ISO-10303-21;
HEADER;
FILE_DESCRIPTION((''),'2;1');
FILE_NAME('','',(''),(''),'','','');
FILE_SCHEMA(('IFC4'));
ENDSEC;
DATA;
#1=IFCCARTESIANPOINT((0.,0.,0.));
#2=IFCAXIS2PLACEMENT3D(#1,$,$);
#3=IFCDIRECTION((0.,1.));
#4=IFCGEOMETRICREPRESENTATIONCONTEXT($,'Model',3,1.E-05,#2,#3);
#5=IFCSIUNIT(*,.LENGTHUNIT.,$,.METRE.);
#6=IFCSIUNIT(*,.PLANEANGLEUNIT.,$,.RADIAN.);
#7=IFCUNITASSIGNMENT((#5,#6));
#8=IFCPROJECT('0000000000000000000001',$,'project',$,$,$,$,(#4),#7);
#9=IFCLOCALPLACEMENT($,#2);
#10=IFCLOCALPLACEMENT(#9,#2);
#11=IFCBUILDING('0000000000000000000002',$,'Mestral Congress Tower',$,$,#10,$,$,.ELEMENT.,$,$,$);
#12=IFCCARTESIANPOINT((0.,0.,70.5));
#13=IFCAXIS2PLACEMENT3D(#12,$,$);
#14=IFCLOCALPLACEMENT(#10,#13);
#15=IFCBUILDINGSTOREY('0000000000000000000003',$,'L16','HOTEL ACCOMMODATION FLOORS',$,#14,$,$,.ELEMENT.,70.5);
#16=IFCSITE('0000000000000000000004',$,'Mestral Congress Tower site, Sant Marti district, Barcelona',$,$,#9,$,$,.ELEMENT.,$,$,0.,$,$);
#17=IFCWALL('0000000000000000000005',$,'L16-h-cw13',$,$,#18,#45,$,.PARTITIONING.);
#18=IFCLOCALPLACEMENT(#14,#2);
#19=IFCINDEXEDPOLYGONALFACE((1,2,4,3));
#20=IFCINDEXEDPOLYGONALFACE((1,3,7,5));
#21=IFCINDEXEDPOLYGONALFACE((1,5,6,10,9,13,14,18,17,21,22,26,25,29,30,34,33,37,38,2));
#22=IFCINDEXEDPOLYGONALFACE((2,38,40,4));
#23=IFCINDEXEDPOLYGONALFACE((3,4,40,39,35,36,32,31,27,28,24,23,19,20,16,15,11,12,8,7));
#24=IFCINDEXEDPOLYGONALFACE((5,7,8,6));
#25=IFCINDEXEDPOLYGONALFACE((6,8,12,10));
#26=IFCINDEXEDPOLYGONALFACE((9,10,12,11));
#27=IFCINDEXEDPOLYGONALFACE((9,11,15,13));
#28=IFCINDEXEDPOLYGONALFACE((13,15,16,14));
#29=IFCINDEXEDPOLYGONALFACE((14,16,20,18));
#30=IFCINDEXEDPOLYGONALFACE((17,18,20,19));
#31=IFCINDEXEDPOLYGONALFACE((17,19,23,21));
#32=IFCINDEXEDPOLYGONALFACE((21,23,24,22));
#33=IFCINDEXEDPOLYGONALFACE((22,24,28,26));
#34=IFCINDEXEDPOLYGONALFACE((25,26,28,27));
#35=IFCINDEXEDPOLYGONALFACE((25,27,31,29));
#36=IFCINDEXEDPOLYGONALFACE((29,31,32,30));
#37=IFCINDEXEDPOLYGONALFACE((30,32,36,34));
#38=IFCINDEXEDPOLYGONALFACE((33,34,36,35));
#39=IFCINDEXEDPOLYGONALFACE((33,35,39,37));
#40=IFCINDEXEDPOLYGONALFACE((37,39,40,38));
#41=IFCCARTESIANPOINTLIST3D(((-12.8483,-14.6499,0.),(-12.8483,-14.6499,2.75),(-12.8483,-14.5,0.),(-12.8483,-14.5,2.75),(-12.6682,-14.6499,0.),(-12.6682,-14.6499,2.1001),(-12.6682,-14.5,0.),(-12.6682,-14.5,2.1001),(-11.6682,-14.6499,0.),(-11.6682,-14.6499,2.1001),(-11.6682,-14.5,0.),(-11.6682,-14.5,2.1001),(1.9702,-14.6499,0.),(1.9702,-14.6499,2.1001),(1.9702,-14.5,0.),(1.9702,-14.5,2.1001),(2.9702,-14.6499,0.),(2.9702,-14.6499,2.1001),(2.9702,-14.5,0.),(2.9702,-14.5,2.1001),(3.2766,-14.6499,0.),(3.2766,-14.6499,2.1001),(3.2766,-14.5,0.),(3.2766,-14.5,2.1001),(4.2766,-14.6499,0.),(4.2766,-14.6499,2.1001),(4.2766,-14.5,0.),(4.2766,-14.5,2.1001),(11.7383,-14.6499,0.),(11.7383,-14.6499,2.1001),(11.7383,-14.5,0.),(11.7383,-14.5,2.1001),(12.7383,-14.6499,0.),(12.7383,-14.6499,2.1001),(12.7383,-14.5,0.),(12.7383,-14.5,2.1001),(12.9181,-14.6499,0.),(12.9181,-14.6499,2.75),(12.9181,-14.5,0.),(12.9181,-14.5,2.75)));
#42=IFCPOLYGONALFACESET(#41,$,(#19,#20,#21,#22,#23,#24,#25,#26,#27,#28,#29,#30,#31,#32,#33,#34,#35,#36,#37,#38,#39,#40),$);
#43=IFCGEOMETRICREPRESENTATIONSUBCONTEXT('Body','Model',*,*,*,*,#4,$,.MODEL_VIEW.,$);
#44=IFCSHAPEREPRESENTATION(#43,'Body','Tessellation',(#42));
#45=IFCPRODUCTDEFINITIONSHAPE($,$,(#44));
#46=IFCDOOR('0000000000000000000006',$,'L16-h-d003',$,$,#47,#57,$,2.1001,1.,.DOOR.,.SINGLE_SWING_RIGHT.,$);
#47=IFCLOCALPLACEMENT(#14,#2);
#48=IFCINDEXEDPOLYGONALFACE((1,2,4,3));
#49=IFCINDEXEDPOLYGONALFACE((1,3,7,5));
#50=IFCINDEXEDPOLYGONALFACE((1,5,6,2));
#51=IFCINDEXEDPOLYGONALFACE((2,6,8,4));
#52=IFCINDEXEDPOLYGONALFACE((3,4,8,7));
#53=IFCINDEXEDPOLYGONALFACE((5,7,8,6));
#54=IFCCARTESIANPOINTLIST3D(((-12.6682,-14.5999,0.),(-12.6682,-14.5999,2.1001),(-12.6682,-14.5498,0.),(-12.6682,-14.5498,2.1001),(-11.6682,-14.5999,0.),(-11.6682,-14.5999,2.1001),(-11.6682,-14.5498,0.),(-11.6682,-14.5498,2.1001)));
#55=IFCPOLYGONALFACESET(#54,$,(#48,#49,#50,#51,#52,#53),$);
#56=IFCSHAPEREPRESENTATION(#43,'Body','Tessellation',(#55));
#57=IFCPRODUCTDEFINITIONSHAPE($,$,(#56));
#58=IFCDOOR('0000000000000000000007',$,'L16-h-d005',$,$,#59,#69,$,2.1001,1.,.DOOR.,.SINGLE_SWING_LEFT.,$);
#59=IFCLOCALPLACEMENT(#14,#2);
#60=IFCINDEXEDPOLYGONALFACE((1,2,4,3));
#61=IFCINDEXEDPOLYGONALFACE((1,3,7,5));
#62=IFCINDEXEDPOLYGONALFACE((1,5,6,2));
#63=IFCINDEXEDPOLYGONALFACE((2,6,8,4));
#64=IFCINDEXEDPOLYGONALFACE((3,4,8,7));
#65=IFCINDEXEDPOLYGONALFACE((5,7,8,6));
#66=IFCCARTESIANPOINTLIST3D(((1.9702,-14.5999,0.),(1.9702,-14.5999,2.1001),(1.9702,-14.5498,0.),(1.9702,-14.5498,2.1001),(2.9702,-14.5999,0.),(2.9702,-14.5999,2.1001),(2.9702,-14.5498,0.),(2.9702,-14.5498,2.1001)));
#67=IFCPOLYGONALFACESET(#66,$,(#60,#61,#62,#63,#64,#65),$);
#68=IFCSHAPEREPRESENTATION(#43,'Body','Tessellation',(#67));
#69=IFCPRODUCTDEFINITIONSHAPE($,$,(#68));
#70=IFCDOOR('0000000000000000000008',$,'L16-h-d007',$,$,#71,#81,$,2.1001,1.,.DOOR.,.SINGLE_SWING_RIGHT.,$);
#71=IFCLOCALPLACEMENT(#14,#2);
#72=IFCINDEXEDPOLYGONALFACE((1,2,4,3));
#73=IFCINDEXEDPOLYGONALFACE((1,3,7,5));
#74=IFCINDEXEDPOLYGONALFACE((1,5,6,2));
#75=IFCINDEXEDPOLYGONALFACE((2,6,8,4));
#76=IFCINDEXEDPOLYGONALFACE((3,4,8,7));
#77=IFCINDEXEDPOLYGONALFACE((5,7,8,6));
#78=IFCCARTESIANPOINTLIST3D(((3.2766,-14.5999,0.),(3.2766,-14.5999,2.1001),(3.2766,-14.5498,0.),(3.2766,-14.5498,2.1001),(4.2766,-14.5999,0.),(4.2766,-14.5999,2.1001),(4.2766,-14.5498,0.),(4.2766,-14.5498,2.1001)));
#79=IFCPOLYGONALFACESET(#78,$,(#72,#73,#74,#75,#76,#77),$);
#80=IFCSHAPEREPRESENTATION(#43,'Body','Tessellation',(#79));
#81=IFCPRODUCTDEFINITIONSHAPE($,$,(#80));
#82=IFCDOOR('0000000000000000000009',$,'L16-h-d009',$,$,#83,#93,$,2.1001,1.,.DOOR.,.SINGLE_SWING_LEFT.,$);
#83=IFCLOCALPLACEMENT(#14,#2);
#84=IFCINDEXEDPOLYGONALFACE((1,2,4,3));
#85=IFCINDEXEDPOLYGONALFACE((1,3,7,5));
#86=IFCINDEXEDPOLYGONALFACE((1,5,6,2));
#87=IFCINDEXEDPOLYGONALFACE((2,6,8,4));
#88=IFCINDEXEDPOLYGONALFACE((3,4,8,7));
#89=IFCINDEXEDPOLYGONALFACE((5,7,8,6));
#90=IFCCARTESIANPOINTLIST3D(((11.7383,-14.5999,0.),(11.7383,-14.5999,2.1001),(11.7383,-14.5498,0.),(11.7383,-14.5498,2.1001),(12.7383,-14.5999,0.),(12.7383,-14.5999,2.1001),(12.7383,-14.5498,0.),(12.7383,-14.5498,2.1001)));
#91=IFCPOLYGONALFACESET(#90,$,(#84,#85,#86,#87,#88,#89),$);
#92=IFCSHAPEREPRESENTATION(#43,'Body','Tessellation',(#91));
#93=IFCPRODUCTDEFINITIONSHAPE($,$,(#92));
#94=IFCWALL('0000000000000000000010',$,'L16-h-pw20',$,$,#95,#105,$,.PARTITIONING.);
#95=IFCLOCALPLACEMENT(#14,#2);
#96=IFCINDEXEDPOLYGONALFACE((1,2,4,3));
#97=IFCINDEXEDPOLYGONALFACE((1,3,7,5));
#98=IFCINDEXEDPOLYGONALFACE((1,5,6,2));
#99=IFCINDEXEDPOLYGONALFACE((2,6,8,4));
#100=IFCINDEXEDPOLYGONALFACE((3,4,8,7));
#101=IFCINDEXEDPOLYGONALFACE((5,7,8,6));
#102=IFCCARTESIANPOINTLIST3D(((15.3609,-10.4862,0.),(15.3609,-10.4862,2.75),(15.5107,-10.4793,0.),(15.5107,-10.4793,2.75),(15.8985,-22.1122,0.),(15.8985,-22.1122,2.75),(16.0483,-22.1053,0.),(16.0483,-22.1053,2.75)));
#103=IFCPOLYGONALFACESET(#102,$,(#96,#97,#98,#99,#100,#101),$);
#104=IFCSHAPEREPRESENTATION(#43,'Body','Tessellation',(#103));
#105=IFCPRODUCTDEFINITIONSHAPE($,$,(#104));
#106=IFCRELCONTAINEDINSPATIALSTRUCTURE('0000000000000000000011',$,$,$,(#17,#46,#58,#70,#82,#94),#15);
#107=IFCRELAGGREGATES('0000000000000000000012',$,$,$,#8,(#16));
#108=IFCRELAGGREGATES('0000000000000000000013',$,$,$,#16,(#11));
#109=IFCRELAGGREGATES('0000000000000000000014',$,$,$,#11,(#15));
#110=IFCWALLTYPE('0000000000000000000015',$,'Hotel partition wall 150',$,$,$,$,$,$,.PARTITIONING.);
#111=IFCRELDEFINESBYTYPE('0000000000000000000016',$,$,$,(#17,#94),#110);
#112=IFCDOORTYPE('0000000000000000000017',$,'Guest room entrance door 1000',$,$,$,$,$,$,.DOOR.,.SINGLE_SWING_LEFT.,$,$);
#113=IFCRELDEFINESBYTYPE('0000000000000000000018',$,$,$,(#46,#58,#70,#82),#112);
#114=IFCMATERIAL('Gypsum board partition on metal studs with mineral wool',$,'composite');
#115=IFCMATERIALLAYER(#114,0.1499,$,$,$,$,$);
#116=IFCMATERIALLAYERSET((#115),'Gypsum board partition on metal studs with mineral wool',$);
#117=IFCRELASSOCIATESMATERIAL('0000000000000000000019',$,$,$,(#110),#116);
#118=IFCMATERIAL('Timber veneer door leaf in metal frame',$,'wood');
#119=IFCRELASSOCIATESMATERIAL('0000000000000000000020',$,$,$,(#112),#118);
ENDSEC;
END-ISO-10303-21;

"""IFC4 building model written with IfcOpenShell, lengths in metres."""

from ifc_helpers import new_model, si_unit, direction, frame, frame_2d, origin, place, context, subcontext, project, spatial, rectangle, extrude, material, layer, layer_set, type_object, element, fill, save


model = new_model("IFC4")

# Units and contexts
model_context = context("Model", 3, precision=1e-05, world=origin(), true_north=direction((0.0, 1.0)))
body_context = subcontext(model_context, "Body", "Model", "MODEL_VIEW")
ifc_project = project(units=[si_unit("LENGTHUNIT", "METRE"), si_unit("PLANEANGLEUNIT", "RADIAN")], contexts=[model_context])

# Site, building, storey
site_placement = place(None, origin())
site = spatial("IfcSite", under=ifc_project, at=site_placement, Name="Mestral Congress Tower site, Sant Marti district, Barcelona", CompositionType="ELEMENT", RefElevation=0.0)
building_placement = place(site_placement, origin())
building = spatial("IfcBuilding", under=site, at=building_placement, Name="Mestral Congress Tower", CompositionType="ELEMENT")
storey_placement = place(building_placement, frame((0.0, 0.0, 70.5)))
storey = spatial("IfcBuildingStorey", under=building, at=storey_placement, Name="L16", Description="HOTEL ACCOMMODATION FLOORS", CompositionType="ELEMENT", Elevation=70.5)

# Shared definitions
ifc_material_1 = material(Name="Gypsum board partition on metal studs with mineral wool", Category="composite")

# Wall, openings, doors
ifc_layer_1 = layer(ifc_material_1, 0.1499)
ifc_layer_set_1 = layer_set([ifc_layer_1], Name="Gypsum board partition on metal studs with mineral wool")
wall_type_1 = type_object("IfcWallType", Name="Hotel partition wall 150", PredefinedType="PARTITIONING", material=ifc_layer_set_1)
wall_1_placement = place(storey_placement, frame((12.9182, -14.575, 0.0), z_axis=(0.0, 0.0, 1.0), x_axis=(-1.0, 0.0, 0.0)))
wall_1 = element("IfcWall", 1, at=wall_1_placement, inside=storey, type_object=wall_type_1, Name="L16-h-cw13", PredefinedType="PARTITIONING", context=body_context, shape_type="SweptSolid", body=[
    extrude(rectangle(XDim=25.7664, YDim=0.1499, at=frame_2d((12.8833, 0.0))), origin(), (0.0, 0.0, 1.0), 2.75),
])
opening_1_placement = place(wall_1_placement, frame((24.5864, 0.0, 0.0)))
opening_1 = element("IfcOpeningElement", 2, at=opening_1_placement, cuts=wall_1, PredefinedType="OPENING", context=body_context, shape_type="SweptSolid", body=[
    extrude(rectangle(XDim=1.0, YDim=2.1001, at=frame_2d((0.5, 1.05))), frame((0.0, 0.085, 0.0), z_axis=(0.0, -1.0, 0.0), x_axis=(1.0, 0.0, 0.0)), (0.0, 0.0, 1.0), 0.1699),
])
opening_2_placement = place(wall_1_placement, frame((9.948, 0.0, 0.0)))
opening_2 = element("IfcOpeningElement", 3, at=opening_2_placement, cuts=wall_1, PredefinedType="OPENING", context=body_context, shape_type="SweptSolid", body=[
    extrude(rectangle(XDim=1.0, YDim=2.1001, at=frame_2d((0.5, 1.05))), frame((0.0, 0.085, 0.0), z_axis=(0.0, -1.0, 0.0), x_axis=(1.0, 0.0, 0.0)), (0.0, 0.0, 1.0), 0.1699),
])
opening_3_placement = place(wall_1_placement, frame((8.6416, 0.0, 0.0)))
opening_3 = element("IfcOpeningElement", 4, at=opening_3_placement, cuts=wall_1, PredefinedType="OPENING", context=body_context, shape_type="SweptSolid", body=[
    extrude(rectangle(XDim=1.0, YDim=2.1001, at=frame_2d((0.5, 1.05))), frame((0.0, 0.085, 0.0), z_axis=(0.0, -1.0, 0.0), x_axis=(1.0, 0.0, 0.0)), (0.0, 0.0, 1.0), 0.1699),
])
opening_4_placement = place(wall_1_placement, frame((0.1799, 0.0, 0.0)))
opening_4 = element("IfcOpeningElement", 5, at=opening_4_placement, cuts=wall_1, PredefinedType="OPENING", context=body_context, shape_type="SweptSolid", body=[
    extrude(rectangle(XDim=1.0, YDim=2.1001, at=frame_2d((0.5, 1.05))), frame((0.0, 0.085, 0.0), z_axis=(0.0, -1.0, 0.0), x_axis=(1.0, 0.0, 0.0)), (0.0, 0.0, 1.0), 0.1699),
])
ifc_material_2 = material(Name="Timber veneer door leaf in metal frame", Category="wood")
door_type_1 = type_object("IfcDoorType", Name="Guest room entrance door 1000", OperationType="SINGLE_SWING_LEFT", PredefinedType="DOOR", material=ifc_material_2)
door_1_placement = place(opening_1_placement, origin())
door_1 = element("IfcDoor", 6, at=door_1_placement, inside=storey, type_object=door_type_1, Name="L16-h-d003", OperationType="SINGLE_SWING_RIGHT", OverallHeight=2.1001, OverallWidth=1.0, PredefinedType="DOOR", context=body_context, shape_type="SweptSolid", body=[
    extrude(rectangle(XDim=1.0, YDim=2.1001, at=frame_2d((0.5, 1.05))), frame((0.0, 0.0249, 0.0), z_axis=(0.0, -1.0, 0.0), x_axis=(1.0, 0.0, 0.0)), (0.0, 0.0, 1.0), 0.05),
])
fill(opening_1, door_1)
door_2_placement = place(opening_2_placement, origin())
door_2 = element("IfcDoor", 7, at=door_2_placement, inside=storey, type_object=door_type_1, Name="L16-h-d005", OperationType="SINGLE_SWING_LEFT", OverallHeight=2.1001, OverallWidth=1.0, PredefinedType="DOOR", context=body_context, shape_type="SweptSolid", body=[
    extrude(rectangle(XDim=1.0, YDim=2.1001, at=frame_2d((0.5, 1.05))), frame((0.0, 0.0249, 0.0), z_axis=(0.0, -1.0, 0.0), x_axis=(1.0, 0.0, 0.0)), (0.0, 0.0, 1.0), 0.05),
])
fill(opening_2, door_2)
door_3_placement = place(opening_3_placement, origin())
door_3 = element("IfcDoor", 8, at=door_3_placement, inside=storey, type_object=door_type_1, Name="L16-h-d007", OperationType="SINGLE_SWING_RIGHT", OverallHeight=2.1001, OverallWidth=1.0, PredefinedType="DOOR", context=body_context, shape_type="SweptSolid", body=[
    extrude(rectangle(XDim=1.0, YDim=2.1001, at=frame_2d((0.5, 1.05))), frame((0.0, 0.0249, 0.0), z_axis=(0.0, -1.0, 0.0), x_axis=(1.0, 0.0, 0.0)), (0.0, 0.0, 1.0), 0.05),
])
fill(opening_3, door_3)
door_4_placement = place(opening_4_placement, origin())
door_4 = element("IfcDoor", 9, at=door_4_placement, inside=storey, type_object=door_type_1, Name="L16-h-d009", OperationType="SINGLE_SWING_LEFT", OverallHeight=2.1001, OverallWidth=1.0, PredefinedType="DOOR", context=body_context, shape_type="SweptSolid", body=[
    extrude(rectangle(XDim=1.0, YDim=2.1001, at=frame_2d((0.5, 1.05))), frame((0.0, 0.0249, 0.0), z_axis=(0.0, -1.0, 0.0), x_axis=(1.0, 0.0, 0.0)), (0.0, 0.0, 1.0), 0.05),
])
fill(opening_4, door_4)

# Wall
wall_2_placement = place(storey_placement, frame((15.9734, -22.1089, 0.0), z_axis=(0.0, 0.0, 1.0), x_axis=(-0.046192, 0.998933, 0.0)))
element("IfcWall", 10, at=wall_2_placement, inside=storey, type_object=wall_type_1, Name="L16-h-pw20", PredefinedType="PARTITIONING", context=body_context, shape_type="SweptSolid", body=[
    extrude(rectangle(XDim=11.6384, YDim=0.1499, at=frame_2d((5.8193, 0.0))), origin(), (0.0, 0.0, 1.0), 2.75),
])

save(model, "model.ifc")
